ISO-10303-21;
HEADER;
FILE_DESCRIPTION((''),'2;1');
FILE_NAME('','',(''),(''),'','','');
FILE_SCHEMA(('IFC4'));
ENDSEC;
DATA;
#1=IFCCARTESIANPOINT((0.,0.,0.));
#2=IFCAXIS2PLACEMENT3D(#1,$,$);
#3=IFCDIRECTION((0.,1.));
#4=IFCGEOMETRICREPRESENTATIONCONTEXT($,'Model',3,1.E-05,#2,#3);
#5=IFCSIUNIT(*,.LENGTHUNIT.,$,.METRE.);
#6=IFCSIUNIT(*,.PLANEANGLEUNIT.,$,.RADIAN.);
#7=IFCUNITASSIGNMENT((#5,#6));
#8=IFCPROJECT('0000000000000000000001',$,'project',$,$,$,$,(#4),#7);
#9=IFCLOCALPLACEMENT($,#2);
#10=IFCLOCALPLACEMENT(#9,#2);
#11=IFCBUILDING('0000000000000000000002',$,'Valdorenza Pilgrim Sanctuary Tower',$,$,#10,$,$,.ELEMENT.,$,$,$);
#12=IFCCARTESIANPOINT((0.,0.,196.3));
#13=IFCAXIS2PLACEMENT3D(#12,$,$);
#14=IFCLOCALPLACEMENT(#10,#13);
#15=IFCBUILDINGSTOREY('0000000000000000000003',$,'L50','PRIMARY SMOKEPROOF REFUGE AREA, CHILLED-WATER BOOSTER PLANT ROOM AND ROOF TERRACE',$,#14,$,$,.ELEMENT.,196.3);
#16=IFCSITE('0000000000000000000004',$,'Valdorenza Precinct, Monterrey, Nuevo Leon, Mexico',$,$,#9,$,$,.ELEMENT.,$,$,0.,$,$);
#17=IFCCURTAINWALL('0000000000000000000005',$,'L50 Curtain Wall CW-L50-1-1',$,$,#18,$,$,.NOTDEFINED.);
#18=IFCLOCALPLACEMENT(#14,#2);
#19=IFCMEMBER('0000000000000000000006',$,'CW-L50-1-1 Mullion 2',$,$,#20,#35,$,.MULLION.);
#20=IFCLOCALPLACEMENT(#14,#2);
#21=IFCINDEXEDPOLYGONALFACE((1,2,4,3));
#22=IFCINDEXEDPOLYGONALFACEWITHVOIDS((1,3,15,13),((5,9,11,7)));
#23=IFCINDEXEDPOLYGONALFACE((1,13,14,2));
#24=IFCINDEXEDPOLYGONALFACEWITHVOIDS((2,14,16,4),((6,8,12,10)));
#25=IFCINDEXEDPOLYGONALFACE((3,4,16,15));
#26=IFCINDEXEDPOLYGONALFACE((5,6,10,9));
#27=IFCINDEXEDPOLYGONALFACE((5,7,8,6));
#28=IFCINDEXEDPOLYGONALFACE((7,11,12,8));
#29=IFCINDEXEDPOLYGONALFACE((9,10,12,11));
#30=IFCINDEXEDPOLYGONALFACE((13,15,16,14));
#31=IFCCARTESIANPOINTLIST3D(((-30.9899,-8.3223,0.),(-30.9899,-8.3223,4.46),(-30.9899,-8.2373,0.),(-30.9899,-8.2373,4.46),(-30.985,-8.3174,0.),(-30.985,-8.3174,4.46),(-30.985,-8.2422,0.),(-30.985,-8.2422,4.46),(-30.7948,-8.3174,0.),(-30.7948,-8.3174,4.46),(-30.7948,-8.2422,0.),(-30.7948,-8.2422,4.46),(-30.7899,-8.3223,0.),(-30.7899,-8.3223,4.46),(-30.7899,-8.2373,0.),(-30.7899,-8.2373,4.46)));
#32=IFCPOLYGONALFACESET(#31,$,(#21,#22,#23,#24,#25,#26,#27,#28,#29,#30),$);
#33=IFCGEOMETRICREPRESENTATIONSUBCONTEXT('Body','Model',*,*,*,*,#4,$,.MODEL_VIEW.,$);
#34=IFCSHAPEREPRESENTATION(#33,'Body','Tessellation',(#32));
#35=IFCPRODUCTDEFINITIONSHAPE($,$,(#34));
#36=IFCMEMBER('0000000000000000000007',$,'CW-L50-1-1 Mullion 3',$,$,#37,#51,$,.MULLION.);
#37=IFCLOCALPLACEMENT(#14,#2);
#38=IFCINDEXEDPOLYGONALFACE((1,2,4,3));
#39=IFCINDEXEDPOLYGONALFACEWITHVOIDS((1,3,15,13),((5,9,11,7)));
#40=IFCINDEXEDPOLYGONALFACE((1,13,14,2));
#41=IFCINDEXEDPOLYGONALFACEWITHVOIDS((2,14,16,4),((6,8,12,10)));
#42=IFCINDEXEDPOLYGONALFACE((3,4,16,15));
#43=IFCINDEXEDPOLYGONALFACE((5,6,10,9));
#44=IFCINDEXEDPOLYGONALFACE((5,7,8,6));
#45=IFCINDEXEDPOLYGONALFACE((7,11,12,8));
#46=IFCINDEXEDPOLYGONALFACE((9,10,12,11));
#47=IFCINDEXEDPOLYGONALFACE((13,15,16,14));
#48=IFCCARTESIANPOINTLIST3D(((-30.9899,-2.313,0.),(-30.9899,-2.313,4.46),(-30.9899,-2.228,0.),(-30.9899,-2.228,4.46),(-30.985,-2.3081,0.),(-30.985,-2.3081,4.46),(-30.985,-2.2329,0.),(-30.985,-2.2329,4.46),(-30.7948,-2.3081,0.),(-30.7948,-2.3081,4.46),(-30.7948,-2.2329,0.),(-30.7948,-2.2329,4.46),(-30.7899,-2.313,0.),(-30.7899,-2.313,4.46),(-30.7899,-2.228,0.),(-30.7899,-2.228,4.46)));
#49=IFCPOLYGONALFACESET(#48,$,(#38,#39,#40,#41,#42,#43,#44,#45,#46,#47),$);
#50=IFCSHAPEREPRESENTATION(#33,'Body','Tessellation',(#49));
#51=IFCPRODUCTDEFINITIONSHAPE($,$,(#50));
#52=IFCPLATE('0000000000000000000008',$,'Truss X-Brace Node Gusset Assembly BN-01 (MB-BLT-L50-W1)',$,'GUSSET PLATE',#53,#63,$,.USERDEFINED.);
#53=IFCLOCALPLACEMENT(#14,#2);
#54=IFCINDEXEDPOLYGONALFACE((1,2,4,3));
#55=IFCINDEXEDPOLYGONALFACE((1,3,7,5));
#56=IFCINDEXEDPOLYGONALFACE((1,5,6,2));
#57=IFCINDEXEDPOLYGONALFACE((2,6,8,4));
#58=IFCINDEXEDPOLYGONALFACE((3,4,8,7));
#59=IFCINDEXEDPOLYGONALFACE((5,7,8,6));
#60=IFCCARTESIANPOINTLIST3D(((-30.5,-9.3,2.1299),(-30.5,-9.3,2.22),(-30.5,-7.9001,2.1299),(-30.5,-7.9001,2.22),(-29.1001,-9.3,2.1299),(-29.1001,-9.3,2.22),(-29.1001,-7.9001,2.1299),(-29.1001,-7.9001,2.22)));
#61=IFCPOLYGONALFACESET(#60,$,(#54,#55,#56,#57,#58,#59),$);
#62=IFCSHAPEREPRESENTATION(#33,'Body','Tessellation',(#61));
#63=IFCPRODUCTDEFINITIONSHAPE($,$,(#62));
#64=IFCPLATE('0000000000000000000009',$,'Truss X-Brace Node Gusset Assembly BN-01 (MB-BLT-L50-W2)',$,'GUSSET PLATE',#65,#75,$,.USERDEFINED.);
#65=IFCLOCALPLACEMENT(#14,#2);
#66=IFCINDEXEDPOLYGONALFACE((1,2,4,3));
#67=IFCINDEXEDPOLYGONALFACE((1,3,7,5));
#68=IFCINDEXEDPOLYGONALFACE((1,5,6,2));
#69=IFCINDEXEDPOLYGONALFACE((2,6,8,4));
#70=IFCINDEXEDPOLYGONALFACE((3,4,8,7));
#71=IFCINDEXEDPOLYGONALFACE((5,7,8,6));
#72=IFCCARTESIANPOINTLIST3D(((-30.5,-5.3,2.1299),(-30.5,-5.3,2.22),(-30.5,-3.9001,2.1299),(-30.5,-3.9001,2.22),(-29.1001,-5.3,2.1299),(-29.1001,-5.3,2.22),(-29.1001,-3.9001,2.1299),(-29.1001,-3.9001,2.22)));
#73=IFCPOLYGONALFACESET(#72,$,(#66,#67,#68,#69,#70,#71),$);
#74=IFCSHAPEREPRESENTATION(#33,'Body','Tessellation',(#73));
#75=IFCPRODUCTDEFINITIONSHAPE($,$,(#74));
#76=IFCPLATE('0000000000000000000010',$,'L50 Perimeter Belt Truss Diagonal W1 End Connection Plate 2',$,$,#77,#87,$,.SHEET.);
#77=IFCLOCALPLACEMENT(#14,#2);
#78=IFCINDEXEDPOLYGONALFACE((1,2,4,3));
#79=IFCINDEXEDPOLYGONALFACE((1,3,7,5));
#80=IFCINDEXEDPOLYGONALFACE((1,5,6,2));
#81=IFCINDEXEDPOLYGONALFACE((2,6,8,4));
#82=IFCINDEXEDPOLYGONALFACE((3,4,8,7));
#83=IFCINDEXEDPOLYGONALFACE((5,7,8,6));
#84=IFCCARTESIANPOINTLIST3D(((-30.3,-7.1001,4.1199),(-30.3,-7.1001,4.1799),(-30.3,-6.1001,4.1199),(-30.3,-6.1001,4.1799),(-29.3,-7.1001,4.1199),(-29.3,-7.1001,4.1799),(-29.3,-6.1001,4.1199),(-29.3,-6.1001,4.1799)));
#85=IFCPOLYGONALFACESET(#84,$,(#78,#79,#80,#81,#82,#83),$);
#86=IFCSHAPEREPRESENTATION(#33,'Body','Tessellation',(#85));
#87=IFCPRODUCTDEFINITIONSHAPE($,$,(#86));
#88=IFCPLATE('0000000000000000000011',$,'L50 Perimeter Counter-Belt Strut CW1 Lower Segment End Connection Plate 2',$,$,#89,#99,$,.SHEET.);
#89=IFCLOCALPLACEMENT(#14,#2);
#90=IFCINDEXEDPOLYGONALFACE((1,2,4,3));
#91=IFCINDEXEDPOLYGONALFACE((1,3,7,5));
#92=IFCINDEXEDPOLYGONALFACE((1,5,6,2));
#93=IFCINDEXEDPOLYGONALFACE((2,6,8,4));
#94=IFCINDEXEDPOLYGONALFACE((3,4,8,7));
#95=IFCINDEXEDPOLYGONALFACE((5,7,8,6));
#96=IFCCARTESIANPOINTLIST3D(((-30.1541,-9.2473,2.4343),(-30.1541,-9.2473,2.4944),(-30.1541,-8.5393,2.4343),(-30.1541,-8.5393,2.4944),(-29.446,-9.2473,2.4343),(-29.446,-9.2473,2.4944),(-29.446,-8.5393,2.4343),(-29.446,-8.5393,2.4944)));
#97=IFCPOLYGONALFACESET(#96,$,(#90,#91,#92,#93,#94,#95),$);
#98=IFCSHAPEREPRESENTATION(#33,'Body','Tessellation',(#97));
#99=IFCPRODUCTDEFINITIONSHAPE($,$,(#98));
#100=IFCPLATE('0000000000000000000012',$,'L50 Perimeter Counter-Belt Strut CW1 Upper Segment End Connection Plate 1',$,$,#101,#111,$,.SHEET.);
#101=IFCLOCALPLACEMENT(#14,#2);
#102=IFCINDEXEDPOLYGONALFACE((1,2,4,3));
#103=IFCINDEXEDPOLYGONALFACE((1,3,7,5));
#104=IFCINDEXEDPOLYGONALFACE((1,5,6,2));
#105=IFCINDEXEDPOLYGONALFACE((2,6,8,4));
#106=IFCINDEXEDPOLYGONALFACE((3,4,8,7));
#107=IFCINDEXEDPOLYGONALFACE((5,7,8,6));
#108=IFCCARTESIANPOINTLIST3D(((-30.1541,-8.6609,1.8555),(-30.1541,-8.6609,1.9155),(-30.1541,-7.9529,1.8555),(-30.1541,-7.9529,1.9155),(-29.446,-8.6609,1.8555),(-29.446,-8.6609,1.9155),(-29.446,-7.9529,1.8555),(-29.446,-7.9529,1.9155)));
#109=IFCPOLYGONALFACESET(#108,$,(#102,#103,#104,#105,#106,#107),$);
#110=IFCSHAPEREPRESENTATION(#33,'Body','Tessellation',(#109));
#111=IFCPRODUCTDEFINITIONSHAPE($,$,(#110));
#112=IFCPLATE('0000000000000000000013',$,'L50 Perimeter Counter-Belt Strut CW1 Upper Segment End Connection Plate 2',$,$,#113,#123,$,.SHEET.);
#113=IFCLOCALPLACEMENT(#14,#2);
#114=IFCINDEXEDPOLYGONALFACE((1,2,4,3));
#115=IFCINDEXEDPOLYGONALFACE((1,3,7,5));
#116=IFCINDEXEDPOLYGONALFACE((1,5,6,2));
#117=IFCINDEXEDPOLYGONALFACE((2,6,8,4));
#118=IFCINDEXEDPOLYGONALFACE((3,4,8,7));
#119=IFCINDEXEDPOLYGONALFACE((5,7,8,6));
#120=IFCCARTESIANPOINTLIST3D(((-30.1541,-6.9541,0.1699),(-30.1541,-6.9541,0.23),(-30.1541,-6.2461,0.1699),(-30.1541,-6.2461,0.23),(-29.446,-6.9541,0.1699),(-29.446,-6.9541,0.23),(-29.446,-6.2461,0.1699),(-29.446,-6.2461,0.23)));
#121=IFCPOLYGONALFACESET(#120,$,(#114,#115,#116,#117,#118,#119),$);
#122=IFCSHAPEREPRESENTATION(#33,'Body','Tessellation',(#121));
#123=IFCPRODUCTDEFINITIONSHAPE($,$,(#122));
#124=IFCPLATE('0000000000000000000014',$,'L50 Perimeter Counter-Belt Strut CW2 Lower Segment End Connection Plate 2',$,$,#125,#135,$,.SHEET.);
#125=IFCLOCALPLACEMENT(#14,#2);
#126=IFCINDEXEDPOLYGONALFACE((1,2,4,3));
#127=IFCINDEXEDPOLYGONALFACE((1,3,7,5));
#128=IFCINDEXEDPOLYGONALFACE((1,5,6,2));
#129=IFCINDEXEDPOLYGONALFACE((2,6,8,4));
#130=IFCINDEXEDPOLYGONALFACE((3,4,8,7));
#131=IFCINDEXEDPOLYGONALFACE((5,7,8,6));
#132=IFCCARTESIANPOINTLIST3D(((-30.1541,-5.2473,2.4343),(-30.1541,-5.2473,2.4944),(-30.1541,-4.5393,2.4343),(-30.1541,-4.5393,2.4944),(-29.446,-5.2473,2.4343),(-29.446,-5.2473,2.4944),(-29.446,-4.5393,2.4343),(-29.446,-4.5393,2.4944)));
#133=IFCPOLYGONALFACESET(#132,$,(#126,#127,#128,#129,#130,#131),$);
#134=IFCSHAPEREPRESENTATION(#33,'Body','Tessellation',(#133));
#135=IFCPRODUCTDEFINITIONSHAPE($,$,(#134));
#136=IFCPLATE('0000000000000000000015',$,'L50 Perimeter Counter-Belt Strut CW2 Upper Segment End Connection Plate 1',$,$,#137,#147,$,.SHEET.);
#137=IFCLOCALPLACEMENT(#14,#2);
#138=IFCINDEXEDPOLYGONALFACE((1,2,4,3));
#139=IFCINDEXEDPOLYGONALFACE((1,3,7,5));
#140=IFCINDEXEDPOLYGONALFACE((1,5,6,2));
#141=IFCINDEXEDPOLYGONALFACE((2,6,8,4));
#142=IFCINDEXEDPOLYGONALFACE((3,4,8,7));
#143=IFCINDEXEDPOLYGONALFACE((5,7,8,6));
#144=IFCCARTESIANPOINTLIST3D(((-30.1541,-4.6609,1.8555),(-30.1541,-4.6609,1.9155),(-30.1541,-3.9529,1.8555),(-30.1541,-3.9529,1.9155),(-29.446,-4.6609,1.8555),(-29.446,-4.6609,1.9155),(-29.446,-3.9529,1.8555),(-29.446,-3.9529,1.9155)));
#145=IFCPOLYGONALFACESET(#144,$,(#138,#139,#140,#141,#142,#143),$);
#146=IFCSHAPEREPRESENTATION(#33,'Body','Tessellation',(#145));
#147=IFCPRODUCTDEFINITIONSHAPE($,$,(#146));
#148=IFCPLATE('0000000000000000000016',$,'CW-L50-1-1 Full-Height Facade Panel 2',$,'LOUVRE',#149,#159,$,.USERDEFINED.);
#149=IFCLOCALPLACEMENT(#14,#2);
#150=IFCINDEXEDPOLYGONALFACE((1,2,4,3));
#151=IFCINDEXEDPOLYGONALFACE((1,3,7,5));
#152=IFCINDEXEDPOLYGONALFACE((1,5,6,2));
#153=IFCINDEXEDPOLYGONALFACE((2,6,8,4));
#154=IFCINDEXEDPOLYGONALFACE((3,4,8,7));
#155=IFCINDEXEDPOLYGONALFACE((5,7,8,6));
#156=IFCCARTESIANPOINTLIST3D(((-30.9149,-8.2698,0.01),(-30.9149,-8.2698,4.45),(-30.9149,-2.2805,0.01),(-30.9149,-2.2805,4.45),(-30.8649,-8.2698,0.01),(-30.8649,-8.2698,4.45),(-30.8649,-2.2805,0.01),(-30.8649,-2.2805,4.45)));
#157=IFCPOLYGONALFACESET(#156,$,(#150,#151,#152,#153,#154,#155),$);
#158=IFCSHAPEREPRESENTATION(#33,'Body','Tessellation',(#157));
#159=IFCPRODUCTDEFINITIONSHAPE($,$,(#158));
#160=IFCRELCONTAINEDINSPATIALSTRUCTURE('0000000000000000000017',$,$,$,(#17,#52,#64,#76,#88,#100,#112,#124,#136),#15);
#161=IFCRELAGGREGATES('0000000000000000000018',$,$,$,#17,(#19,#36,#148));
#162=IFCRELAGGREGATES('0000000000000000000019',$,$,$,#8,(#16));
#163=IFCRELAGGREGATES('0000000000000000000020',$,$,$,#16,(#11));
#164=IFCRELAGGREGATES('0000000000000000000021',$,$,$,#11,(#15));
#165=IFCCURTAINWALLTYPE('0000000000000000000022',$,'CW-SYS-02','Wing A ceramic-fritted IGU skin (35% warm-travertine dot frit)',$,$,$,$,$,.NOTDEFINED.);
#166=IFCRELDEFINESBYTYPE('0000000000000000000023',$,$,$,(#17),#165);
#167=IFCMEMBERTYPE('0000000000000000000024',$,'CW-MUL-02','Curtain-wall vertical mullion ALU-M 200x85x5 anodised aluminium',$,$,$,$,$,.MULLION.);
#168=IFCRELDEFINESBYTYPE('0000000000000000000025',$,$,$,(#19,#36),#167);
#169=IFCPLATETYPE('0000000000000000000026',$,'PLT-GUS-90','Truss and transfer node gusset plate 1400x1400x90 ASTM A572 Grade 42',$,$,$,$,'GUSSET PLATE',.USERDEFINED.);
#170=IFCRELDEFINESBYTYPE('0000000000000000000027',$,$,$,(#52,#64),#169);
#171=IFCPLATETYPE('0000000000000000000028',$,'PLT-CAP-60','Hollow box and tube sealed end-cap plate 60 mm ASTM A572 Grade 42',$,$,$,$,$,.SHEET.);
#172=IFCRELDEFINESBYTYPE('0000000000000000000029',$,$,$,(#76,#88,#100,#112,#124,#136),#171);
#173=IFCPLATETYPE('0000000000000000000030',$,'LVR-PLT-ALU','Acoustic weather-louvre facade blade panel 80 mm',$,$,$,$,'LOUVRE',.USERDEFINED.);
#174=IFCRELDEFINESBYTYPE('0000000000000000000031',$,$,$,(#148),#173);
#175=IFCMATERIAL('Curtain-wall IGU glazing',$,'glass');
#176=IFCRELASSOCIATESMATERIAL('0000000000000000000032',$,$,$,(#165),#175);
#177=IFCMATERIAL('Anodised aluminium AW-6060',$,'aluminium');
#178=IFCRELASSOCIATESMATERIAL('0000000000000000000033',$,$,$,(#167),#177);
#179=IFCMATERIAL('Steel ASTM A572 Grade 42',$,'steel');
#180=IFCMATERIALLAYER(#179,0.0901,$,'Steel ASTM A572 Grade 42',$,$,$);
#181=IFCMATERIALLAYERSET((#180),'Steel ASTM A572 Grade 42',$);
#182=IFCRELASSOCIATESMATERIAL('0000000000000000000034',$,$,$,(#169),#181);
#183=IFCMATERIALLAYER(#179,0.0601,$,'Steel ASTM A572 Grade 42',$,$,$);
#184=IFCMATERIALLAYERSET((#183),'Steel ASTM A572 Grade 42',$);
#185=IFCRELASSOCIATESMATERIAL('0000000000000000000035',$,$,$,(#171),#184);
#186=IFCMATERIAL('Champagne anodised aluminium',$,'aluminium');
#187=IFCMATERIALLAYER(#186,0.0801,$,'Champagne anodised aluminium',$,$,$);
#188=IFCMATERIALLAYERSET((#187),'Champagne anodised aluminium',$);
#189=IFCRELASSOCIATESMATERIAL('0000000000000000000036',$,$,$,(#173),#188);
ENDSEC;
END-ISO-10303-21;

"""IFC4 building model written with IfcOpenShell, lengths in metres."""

from ifc_helpers import new_model, si_unit, direction, frame, origin, origin_2d, place, context, subcontext, project, spatial, rectangle, hollow_rectangle, extrude, source, transform, mapped, material, layer, layer_set, material_profile, profile_set, type_object, element, aggregate, save


model = new_model("IFC4")

# Units and contexts
model_context = context("Model", 3, precision=1e-05, world=origin(), true_north=direction((0.0, 1.0)))
body_context = subcontext(model_context, "Body", "Model", "MODEL_VIEW")
ifc_project = project(units=[si_unit("LENGTHUNIT", "METRE"), si_unit("PLANEANGLEUNIT", "RADIAN")], contexts=[model_context])

# Site, building, storey
site_placement = place(None, origin())
site = spatial("IfcSite", under=ifc_project, at=site_placement, Name="Valdorenza Precinct, Monterrey, Nuevo Leon, Mexico", CompositionType="ELEMENT", RefElevation=0.0)
building_placement = place(site_placement, origin())
building = spatial("IfcBuilding", under=site, at=building_placement, Name="Valdorenza Pilgrim Sanctuary Tower", CompositionType="ELEMENT")
storey_placement = place(building_placement, frame((0.0, 0.0, 196.3)))
storey = spatial("IfcBuildingStorey", under=building, at=storey_placement, Name="L50", Description="PRIMARY SMOKEPROOF REFUGE AREA, CHILLED-WATER BOOSTER PLANT ROOM AND ROOF TERRACE", CompositionType="ELEMENT", Elevation=196.3)

# Shared definitions
ifc_material_1 = material(Name="Steel ASTM A572 Grade 42", Category="steel")

# Curtain wall, members
ifc_material_2 = material(Name="Curtain-wall IGU glazing", Category="glass")
curtain_wall_type = type_object("IfcCurtainWallType", Name="CW-SYS-02", Description="Wing A ceramic-fritted IGU skin (35% warm-travertine dot frit)", PredefinedType="NOTDEFINED", material=ifc_material_2)
curtain_wall_placement = place(storey_placement, origin())
curtain_wall = element("IfcCurtainWall", 1, at=curtain_wall_placement, inside=storey, type_object=curtain_wall_type, Name="L50 Curtain Wall CW-L50-1-1", PredefinedType="NOTDEFINED")
ifc_material_3 = material(Name="Anodised aluminium AW-6060", Category="aluminium")
ifc_material_profile_1 = material_profile(ifc_material_3, hollow_rectangle(XDim=0.085, YDim=0.2, WallThickness=0.0049, at=origin_2d()), Name="ALU-M 200x85x5")
ifc_profile_set_1 = profile_set([ifc_material_profile_1], Name="Anodised aluminium AW-6060")
member_type_1 = type_object("IfcMemberType", Name="CW-MUL-02", Description="Curtain-wall vertical mullion ALU-M 200x85x5 anodised aluminium", PredefinedType="MULLION", material=ifc_profile_set_1)
shared_shape_1 = source(origin(), body_context, "Body", "SweptSolid", [
    extrude(hollow_rectangle(XDim=0.085, YDim=0.2, WallThickness=0.0049, at=origin_2d()), origin(), (0.0, 0.0, 1.0), 4.46),
])
member_1_placement = place(storey_placement, frame((-30.8899, -8.2798, 0.0), z_axis=(0.0, 0.0, 1.0), x_axis=(0.0, 1.0, 0.0)))
member_1 = element("IfcMember", 2, at=member_1_placement, type_object=member_type_1, Name="CW-L50-1-1 Mullion 2", PredefinedType="MULLION", context=body_context, shape_type="MappedRepresentation", body=[
    mapped(shared_shape_1, transform((0.0, 0.0, 0.0), x_axis=(1.0, 0.0, 0.0), y_axis=(0.0, 1.0, 0.0), z_axis=(0.0, 0.0, 1.0), scale=1.0)),
])
member_2_placement = place(storey_placement, frame((-30.8899, -2.2705, 0.0), z_axis=(0.0, 0.0, 1.0), x_axis=(0.0, 1.0, 0.0)))
member_2 = element("IfcMember", 3, at=member_2_placement, type_object=member_type_1, Name="CW-L50-1-1 Mullion 3", PredefinedType="MULLION", context=body_context, shape_type="MappedRepresentation", body=[
    mapped(shared_shape_1, transform((0.0, 0.0, 0.0), x_axis=(1.0, 0.0, 0.0), y_axis=(0.0, 1.0, 0.0), z_axis=(0.0, 0.0, 1.0), scale=1.0)),
])

# Plates
ifc_layer_1 = layer(ifc_material_1, 0.0901, Name="Steel ASTM A572 Grade 42")
ifc_layer_set_1 = layer_set([ifc_layer_1], Name="Steel ASTM A572 Grade 42")
plate_type_1 = type_object("IfcPlateType", Name="PLT-GUS-90", Description="Truss and transfer node gusset plate 1400x1400x90 ASTM A572 Grade 42", ElementType="GUSSET PLATE", PredefinedType="USERDEFINED", material=ifc_layer_set_1)
shared_shape_2 = source(origin(), body_context, "Body", "SweptSolid", [
    extrude(rectangle(XDim=1.3999, YDim=1.3999, at=origin_2d()), origin(), (0.0, 0.0, 1.0), 0.0901),
])
for number, where, z_axis, x_axis, name in (
    (4, (-29.8, -8.6001, 2.1299), (0.0, 0.0, 1.0), (1.0, 0.0, 0.0), "Truss X-Brace Node Gusset Assembly BN-01 (MB-BLT-L50-W1)"),
    (5, (-29.8, -4.6001, 2.1299), (0.0, 0.0, 1.0), (1.0, 0.0, 0.0), "Truss X-Brace Node Gusset Assembly BN-01 (MB-BLT-L50-W2)"),
):
    element("IfcPlate", number, at=place(storey_placement, frame(where, z_axis=z_axis, x_axis=x_axis)), inside=storey, type_object=plate_type_1, Name=name, ObjectType="GUSSET PLATE", PredefinedType="USERDEFINED", context=body_context, shape_type="MappedRepresentation", body=[
        mapped(shared_shape_2, transform((0.0, 0.0, 0.0), x_axis=(1.0, 0.0, 0.0), y_axis=(0.0, 1.0, 0.0), z_axis=(0.0, 0.0, 1.0), scale=1.0)),
    ])
ifc_layer_2 = layer(ifc_material_1, 0.0601, Name="Steel ASTM A572 Grade 42")
ifc_layer_set_2 = layer_set([ifc_layer_2], Name="Steel ASTM A572 Grade 42")
plate_type_2 = type_object("IfcPlateType", Name="PLT-CAP-60", Description="Hollow box and tube sealed end-cap plate 60 mm ASTM A572 Grade 42", PredefinedType="SHEET", material=ifc_layer_set_2)
shared_shape_3 = source(origin(), body_context, "Body", "SweptSolid", [
    extrude(rectangle(XDim=1.0, YDim=1.0, at=origin_2d()), origin(), (0.0, 0.0, 1.0), 0.0601),
])
plate_1_placement = place(storey_placement, frame((-29.8, -6.6001, 4.1199), z_axis=(0.0, 0.0, 1.0), x_axis=(1.0, 0.0, 0.0)))
element("IfcPlate", 6, at=plate_1_placement, inside=storey, type_object=plate_type_2, Name="L50 Perimeter Belt Truss Diagonal W1 End Connection Plate 2", PredefinedType="SHEET", context=body_context, shape_type="MappedRepresentation", body=[
    mapped(shared_shape_3, transform((0.0, 0.0, 0.0), x_axis=(1.0, 0.0, 0.0), y_axis=(0.0, 1.0, 0.0), z_axis=(0.0, 0.0, 1.0), scale=1.0)),
])
shared_shape_4 = source(origin(), body_context, "Body", "SweptSolid", [
    extrude(rectangle(XDim=0.708, YDim=0.708, at=origin_2d()), origin(), (0.0, 0.0, 1.0), 0.0601),
])
for number, where, z_axis, x_axis, name in (
    (7, (-29.8, -8.8933, 2.4343), (0.0, 0.0, 1.0), (1.0, 0.0, 0.0), "L50 Perimeter Counter-Belt Strut CW1 Lower Segment End Connection Plate 2"),
    (8, (-29.8, -8.3069, 1.8555), (0.0, 0.0, 1.0), (1.0, 0.0, 0.0), "L50 Perimeter Counter-Belt Strut CW1 Upper Segment End Connection Plate 1"),
    (9, (-29.8, -6.6001, 0.1699), (0.0, 0.0, 1.0), (1.0, 0.0, 0.0), "L50 Perimeter Counter-Belt Strut CW1 Upper Segment End Connection Plate 2"),
    (10, (-29.8, -4.8933, 2.4343), (0.0, 0.0, 1.0), (1.0, 0.0, 0.0), "L50 Perimeter Counter-Belt Strut CW2 Lower Segment End Connection Plate 2"),
    (11, (-29.8, -4.3069, 1.8555), (0.0, 0.0, 1.0), (1.0, 0.0, 0.0), "L50 Perimeter Counter-Belt Strut CW2 Upper Segment End Connection Plate 1"),
):
    element("IfcPlate", number, at=place(storey_placement, frame(where, z_axis=z_axis, x_axis=x_axis)), inside=storey, type_object=plate_type_2, Name=name, PredefinedType="SHEET", context=body_context, shape_type="MappedRepresentation", body=[
        mapped(shared_shape_4, transform((0.0, 0.0, 0.0), x_axis=(1.0, 0.0, 0.0), y_axis=(0.0, 1.0, 0.0), z_axis=(0.0, 0.0, 1.0), scale=1.0)),
    ])

# Plate
ifc_material_4 = material(Name="Champagne anodised aluminium", Category="aluminium")
ifc_layer_3 = layer(ifc_material_4, 0.0801, Name="Champagne anodised aluminium")
ifc_layer_set_3 = layer_set([ifc_layer_3], Name="Champagne anodised aluminium")
plate_type_3 = type_object("IfcPlateType", Name="LVR-PLT-ALU", Description="Acoustic weather-louvre facade blade panel 80 mm", ElementType="LOUVRE", PredefinedType="USERDEFINED", material=ifc_layer_set_3)
shared_shape_5 = source(origin(), body_context, "Body", "SweptSolid", [
    extrude(rectangle(XDim=5.9893, YDim=0.05, at=origin_2d()), origin(), (0.0, 0.0, 1.0), 4.4399),
])
plate_2_placement = place(storey_placement, frame((-30.8899, -5.2751, 0.01), z_axis=(0.0, 0.0, 1.0), x_axis=(0.0, 1.0, 0.0)))
plate_2 = element("IfcPlate", 12, at=plate_2_placement, type_object=plate_type_3, Name="CW-L50-1-1 Full-Height Facade Panel 2", ObjectType="LOUVRE", PredefinedType="USERDEFINED", context=body_context, shape_type="MappedRepresentation", body=[
    mapped(shared_shape_5, transform((0.0, 0.0, 0.0), x_axis=(1.0, 0.0, 0.0), y_axis=(0.0, 1.0, 0.0), z_axis=(0.0, 0.0, 1.0), scale=1.0)),
])
aggregate(curtain_wall, [member_1, member_2, plate_2])

save(model, "model.ifc")
